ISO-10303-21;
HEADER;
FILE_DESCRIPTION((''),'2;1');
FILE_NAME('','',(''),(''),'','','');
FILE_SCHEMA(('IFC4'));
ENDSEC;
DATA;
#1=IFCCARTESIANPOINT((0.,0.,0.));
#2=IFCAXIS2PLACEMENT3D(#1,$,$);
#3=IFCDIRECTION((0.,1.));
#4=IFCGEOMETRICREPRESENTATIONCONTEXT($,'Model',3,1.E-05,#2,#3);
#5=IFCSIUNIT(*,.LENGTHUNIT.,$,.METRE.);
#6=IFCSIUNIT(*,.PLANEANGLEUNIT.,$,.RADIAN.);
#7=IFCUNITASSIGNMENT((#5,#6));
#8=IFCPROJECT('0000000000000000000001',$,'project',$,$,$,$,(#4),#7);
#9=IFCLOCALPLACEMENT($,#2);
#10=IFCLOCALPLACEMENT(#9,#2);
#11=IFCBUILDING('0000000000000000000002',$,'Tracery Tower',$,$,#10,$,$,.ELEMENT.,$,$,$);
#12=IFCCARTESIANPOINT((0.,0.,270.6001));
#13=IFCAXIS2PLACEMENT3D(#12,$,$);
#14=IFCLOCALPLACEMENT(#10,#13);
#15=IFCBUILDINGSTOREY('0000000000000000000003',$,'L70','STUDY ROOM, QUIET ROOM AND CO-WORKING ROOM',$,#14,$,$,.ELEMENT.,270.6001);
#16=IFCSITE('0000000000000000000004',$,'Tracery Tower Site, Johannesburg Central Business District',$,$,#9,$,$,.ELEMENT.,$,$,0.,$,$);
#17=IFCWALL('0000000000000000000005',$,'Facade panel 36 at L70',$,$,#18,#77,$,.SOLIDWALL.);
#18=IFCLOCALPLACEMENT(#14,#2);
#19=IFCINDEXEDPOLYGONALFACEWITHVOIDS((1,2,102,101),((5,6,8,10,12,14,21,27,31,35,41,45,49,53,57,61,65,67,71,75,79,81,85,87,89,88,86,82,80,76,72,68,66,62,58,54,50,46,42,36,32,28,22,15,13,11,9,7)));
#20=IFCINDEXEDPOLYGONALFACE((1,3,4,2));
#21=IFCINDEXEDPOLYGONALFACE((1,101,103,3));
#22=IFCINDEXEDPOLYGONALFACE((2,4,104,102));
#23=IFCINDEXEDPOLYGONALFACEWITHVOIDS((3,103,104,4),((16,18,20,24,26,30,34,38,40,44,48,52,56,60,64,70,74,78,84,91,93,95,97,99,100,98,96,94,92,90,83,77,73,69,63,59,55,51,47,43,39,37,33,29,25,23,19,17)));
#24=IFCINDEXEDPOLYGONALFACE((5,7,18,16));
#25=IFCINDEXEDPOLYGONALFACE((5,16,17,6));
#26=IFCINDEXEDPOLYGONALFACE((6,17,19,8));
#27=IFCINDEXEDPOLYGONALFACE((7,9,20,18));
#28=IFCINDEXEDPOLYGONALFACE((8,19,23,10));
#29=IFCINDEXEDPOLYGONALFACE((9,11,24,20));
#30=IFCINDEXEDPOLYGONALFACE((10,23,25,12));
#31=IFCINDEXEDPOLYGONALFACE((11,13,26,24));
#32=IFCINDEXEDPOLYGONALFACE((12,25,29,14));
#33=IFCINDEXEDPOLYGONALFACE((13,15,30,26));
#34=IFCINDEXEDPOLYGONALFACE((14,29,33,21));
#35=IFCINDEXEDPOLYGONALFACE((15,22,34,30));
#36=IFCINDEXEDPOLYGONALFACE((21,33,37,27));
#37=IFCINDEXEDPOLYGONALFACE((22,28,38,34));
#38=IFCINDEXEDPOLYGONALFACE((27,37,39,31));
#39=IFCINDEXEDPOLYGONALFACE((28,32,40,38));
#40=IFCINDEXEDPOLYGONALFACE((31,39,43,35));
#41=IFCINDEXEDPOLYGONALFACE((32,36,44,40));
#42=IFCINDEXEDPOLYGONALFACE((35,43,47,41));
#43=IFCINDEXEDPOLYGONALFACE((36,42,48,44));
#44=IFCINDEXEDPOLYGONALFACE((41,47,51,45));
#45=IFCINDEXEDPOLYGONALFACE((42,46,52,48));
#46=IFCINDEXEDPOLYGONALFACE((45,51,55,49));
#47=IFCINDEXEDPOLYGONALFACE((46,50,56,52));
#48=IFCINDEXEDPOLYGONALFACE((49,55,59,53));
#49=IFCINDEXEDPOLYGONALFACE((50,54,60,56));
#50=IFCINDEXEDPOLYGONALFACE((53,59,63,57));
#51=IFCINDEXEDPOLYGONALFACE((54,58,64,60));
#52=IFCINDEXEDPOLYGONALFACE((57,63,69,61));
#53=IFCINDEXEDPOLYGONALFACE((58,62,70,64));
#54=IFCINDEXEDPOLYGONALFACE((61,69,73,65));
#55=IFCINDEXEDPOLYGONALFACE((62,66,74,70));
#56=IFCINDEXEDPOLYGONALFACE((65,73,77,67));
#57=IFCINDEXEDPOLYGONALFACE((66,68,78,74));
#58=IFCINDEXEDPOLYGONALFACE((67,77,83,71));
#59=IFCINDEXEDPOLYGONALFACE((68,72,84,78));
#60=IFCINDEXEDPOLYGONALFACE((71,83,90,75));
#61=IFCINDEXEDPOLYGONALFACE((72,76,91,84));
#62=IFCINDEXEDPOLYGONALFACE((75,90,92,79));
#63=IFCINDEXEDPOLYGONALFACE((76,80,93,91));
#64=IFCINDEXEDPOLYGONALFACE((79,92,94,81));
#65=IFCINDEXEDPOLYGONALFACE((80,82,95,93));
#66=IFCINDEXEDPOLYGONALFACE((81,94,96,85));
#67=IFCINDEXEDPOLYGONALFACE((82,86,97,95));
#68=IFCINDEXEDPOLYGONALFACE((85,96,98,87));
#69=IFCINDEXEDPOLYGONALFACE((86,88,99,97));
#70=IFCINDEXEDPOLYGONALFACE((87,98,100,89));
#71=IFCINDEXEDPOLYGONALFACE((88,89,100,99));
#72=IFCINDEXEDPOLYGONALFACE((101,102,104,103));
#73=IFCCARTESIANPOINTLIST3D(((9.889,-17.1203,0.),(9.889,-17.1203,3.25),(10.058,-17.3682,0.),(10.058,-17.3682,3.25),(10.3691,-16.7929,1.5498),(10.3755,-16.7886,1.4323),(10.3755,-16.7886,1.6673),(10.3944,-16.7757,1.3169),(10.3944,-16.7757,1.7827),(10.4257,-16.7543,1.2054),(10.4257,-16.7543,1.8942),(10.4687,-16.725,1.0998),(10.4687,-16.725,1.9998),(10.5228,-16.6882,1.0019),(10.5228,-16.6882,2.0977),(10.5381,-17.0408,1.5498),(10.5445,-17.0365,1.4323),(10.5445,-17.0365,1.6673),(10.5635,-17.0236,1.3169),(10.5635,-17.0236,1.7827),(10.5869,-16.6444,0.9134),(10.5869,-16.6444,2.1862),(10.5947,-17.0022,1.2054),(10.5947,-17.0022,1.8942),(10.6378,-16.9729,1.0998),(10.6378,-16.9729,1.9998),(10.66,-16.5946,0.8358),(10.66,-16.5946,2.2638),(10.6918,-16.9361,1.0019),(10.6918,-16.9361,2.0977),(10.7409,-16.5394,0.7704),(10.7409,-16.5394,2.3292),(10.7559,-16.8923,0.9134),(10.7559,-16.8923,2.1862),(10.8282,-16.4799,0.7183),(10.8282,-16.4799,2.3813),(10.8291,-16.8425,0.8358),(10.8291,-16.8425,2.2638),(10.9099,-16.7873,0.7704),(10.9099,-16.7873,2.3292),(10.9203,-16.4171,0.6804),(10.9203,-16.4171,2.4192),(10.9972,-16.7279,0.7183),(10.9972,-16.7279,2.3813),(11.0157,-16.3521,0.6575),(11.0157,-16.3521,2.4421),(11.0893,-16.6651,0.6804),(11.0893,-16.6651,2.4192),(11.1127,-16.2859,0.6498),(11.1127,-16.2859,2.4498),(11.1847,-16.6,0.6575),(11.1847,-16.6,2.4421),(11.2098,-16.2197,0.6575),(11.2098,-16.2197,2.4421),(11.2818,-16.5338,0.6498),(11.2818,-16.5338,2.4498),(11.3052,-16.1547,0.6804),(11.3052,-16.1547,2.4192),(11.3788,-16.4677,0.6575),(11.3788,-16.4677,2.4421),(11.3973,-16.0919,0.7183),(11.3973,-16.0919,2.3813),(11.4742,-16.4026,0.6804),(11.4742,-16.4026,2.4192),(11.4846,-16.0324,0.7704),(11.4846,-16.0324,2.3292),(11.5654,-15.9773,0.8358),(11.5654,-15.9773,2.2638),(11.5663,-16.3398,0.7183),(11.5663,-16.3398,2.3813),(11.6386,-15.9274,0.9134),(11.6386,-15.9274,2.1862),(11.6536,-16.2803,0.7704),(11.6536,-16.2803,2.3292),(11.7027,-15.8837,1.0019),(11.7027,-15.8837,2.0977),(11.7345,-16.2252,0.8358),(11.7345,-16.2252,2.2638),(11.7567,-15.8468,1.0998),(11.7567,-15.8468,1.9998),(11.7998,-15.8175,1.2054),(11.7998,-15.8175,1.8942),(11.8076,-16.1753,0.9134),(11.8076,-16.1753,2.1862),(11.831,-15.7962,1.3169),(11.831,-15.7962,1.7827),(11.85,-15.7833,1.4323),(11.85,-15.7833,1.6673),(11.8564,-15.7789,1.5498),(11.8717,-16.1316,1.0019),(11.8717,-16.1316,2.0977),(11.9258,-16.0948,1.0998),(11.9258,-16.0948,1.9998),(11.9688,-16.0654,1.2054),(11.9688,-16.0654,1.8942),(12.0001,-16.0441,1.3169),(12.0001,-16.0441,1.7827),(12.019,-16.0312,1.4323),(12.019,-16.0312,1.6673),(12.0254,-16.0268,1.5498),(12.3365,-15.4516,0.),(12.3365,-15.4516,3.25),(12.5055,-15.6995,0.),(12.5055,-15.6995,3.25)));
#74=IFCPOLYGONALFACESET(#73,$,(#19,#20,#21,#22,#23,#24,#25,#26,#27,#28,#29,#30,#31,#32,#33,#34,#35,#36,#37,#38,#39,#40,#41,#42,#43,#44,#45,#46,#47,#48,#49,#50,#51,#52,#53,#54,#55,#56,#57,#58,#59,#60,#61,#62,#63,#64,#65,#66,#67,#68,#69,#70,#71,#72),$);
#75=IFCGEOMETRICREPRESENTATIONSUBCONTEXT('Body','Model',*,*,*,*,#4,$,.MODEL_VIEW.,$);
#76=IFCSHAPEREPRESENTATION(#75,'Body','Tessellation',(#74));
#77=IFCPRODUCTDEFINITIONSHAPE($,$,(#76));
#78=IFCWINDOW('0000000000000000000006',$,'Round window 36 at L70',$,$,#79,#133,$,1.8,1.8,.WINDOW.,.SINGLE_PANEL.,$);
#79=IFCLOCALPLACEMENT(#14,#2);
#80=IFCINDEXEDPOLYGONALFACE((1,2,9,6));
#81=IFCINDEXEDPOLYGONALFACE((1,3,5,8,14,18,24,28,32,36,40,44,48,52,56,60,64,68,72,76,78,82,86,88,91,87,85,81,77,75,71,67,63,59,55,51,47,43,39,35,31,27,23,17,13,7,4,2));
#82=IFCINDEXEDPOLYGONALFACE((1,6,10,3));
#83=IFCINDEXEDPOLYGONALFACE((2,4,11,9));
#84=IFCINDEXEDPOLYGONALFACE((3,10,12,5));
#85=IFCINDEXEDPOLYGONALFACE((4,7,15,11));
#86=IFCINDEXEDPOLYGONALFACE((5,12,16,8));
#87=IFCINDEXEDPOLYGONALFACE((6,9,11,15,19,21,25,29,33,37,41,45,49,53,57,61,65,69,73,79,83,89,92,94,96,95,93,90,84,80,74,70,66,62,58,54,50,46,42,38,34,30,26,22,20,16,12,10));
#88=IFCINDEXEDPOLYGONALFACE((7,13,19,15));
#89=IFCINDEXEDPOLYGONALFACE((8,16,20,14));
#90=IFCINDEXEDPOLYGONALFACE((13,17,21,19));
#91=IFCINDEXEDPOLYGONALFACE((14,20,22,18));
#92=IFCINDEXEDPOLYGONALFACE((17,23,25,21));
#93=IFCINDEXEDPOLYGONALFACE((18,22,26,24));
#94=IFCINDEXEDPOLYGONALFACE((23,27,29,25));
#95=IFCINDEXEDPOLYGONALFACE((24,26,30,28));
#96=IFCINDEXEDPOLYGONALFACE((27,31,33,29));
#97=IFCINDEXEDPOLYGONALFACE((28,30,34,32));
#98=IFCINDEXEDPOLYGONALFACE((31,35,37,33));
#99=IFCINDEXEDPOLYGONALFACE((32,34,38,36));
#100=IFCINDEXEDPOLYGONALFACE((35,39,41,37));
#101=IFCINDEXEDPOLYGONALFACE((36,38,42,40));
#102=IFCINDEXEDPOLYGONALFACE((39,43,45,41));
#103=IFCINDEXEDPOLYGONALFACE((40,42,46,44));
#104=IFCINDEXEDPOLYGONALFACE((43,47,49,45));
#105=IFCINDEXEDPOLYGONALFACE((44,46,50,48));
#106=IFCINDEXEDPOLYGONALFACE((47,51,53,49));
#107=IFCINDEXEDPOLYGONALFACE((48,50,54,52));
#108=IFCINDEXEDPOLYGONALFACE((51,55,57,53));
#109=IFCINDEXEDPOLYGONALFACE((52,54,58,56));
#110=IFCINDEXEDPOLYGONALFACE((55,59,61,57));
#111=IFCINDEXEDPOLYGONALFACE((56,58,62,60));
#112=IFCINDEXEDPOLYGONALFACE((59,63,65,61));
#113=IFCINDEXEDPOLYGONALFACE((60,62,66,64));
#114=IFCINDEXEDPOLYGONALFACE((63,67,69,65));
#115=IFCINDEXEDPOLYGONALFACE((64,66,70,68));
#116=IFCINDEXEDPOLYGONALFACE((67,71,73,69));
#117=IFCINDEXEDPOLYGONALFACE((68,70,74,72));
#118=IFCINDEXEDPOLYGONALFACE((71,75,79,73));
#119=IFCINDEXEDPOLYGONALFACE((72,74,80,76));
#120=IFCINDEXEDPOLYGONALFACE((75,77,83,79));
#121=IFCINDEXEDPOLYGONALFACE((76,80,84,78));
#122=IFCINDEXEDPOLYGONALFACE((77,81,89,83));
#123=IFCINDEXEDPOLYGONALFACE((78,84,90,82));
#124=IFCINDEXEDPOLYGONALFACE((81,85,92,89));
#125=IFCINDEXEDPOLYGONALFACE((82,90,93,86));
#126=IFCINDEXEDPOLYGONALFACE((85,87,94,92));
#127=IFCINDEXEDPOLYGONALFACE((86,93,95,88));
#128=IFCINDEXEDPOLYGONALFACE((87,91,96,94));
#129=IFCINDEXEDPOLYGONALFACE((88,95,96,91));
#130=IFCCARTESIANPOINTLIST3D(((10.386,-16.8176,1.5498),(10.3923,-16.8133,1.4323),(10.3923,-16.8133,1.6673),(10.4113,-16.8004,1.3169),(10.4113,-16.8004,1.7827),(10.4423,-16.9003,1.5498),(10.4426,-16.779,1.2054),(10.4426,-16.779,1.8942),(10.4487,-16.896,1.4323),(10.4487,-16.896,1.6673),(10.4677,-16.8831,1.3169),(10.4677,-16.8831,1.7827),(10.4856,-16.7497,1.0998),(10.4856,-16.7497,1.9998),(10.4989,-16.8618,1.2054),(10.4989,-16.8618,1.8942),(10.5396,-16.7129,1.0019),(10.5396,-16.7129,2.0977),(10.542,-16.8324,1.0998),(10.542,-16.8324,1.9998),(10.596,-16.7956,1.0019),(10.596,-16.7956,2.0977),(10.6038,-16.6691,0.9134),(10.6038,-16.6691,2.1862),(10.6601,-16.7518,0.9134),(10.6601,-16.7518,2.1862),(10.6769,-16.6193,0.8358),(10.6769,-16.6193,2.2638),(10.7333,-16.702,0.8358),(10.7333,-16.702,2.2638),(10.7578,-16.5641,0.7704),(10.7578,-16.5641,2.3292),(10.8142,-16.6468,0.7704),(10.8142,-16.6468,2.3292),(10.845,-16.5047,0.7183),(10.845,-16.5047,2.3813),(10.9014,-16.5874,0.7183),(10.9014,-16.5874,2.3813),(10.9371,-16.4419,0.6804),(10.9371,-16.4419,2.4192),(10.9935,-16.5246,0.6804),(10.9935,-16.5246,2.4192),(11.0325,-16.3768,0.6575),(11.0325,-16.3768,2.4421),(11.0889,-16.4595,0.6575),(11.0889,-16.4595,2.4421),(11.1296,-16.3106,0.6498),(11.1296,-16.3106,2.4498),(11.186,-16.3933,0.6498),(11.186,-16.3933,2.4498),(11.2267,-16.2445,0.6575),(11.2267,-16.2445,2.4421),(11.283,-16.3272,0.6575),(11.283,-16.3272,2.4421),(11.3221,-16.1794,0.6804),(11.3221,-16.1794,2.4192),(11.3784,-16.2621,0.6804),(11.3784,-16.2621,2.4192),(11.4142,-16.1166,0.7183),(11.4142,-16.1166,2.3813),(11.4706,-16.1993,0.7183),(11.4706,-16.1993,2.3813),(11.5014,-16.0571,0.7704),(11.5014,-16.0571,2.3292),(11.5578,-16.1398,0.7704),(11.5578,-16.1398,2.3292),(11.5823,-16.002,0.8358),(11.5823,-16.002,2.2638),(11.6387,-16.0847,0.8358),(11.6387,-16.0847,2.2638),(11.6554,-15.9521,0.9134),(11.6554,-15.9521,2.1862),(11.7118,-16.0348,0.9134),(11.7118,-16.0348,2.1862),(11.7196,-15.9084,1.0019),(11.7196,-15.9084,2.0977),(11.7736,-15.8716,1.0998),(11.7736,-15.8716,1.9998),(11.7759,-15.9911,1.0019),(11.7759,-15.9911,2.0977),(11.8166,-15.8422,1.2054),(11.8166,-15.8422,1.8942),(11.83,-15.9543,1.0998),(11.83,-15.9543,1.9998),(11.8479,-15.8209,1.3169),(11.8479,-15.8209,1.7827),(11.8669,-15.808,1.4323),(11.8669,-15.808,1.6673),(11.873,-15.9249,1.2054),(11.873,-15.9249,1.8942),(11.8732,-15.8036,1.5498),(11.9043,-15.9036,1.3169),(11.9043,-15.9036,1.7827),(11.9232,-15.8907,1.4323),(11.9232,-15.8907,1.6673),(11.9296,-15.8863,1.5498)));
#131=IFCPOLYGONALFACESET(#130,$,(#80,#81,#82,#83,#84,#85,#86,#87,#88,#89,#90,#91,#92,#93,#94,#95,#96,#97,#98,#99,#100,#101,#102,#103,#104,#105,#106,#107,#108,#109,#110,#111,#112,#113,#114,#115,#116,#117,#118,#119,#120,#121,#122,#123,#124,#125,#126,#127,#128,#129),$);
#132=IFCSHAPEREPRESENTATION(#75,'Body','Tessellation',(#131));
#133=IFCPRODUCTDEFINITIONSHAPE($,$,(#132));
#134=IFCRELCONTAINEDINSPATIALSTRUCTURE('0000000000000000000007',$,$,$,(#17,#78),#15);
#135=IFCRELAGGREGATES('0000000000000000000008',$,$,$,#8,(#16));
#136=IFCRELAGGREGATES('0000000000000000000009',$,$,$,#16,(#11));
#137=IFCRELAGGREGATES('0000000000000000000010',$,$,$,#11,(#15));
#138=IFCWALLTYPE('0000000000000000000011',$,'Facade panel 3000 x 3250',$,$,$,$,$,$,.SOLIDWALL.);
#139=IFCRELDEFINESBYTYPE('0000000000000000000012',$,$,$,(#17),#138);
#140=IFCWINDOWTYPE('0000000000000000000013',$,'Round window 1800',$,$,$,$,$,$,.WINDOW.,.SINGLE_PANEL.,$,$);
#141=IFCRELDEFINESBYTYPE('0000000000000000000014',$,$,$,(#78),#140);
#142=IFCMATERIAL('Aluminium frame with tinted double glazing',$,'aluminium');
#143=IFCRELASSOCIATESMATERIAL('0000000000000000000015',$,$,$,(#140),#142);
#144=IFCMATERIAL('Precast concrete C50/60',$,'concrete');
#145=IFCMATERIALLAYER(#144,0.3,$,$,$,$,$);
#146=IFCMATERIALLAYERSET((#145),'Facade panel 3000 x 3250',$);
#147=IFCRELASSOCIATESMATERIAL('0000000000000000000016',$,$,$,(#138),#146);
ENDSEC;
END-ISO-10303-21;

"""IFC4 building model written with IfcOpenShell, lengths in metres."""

from ifc_helpers import new_model, si_unit, direction, frame, frame_2d, origin, origin_2d, place, context, subcontext, project, spatial, rectangle, circle, extrude, material, layer, layer_set, type_object, element, fill, save


model = new_model("IFC4")

# Units and contexts
model_context = context("Model", 3, precision=1e-05, world=origin(), true_north=direction((0.0, 1.0)))
body_context = subcontext(model_context, "Body", "Model", "MODEL_VIEW")
ifc_project = project(units=[si_unit("LENGTHUNIT", "METRE"), si_unit("PLANEANGLEUNIT", "RADIAN")], contexts=[model_context])

# Site, building, storey
site_placement = place(None, origin())
site = spatial("IfcSite", under=ifc_project, at=site_placement, Name="Tracery Tower Site, Johannesburg Central Business District", CompositionType="ELEMENT", RefElevation=0.0)
building_placement = place(site_placement, origin())
building = spatial("IfcBuilding", under=site, at=building_placement, Name="Tracery Tower", CompositionType="ELEMENT")
storey_placement = place(building_placement, frame((0.0, 0.0, 270.6001)))
storey = spatial("IfcBuildingStorey", under=building, at=storey_placement, Name="L70", Description="STUDY ROOM, QUIET ROOM AND CO-WORKING ROOM", CompositionType="ELEMENT", Elevation=270.6001)

# Wall, opening, window
ifc_material_1 = material(Name="Aluminium frame with tinted double glazing", Category="aluminium")
window_type = type_object("IfcWindowType", Name="Round window 1800", PartitioningType="SINGLE_PANEL", PredefinedType="WINDOW", material=ifc_material_1)
ifc_material_2 = material(Name="Precast concrete C50/60", Category="concrete")
ifc_layer_1 = layer(ifc_material_2, 0.3)
ifc_layer_set_1 = layer_set([ifc_layer_1], Name="Facade panel 3000 x 3250")
wall_type_1 = type_object("IfcWallType", Name="Facade panel 3000 x 3250", PredefinedType="SOLIDWALL", material=ifc_layer_set_1)
wall_1_placement = place(storey_placement, frame((9.9736, -17.2441, 0.0), z_axis=(0.0, 0.0, 1.0), x_axis=(0.826236, 0.563324, 0.0)))
wall_1 = element("IfcWall", 1, at=wall_1_placement, inside=storey, type_object=wall_type_1, Name="Facade panel 36 at L70", PredefinedType="SOLIDWALL", context=body_context, shape_type="SweptSolid", body=[
    extrude(rectangle(XDim=2.9622, YDim=0.3, at=frame_2d((1.481, 0.0))), origin(), (0.0, 0.0, 1.0), 3.25),
])
opening_1_placement = place(wall_1_placement, frame((1.481, 0.0, 1.5498)))
opening_1 = element("IfcOpeningElement", 2, at=opening_1_placement, cuts=wall_1, PredefinedType="OPENING", context=body_context, shape_type="SweptSolid", body=[
    extrude(circle(Radius=0.9, at=origin_2d()), frame((0.0, 0.1599, 0.0), z_axis=(0.0, -1.0, 0.0), x_axis=(1.0, 0.0, 0.0)), (0.0, 0.0, 1.0), 0.3201),
])
window_1_placement = place(opening_1_placement, origin())
window_1 = element("IfcWindow", 3, at=window_1_placement, inside=storey, type_object=window_type, Name="Round window 36 at L70", OverallHeight=1.8, OverallWidth=1.8, PartitioningType="SINGLE_PANEL", PredefinedType="WINDOW", context=body_context, shape_type="SweptSolid", body=[
    extrude(circle(Radius=0.9, at=origin_2d()), frame((0.0, 0.1201, 0.0), z_axis=(0.0, -1.0, 0.0), x_axis=(1.0, 0.0, 0.0)), (0.0, 0.0, 1.0), 0.1001),
])
fill(opening_1, window_1)

save(model, "model.ifc")
